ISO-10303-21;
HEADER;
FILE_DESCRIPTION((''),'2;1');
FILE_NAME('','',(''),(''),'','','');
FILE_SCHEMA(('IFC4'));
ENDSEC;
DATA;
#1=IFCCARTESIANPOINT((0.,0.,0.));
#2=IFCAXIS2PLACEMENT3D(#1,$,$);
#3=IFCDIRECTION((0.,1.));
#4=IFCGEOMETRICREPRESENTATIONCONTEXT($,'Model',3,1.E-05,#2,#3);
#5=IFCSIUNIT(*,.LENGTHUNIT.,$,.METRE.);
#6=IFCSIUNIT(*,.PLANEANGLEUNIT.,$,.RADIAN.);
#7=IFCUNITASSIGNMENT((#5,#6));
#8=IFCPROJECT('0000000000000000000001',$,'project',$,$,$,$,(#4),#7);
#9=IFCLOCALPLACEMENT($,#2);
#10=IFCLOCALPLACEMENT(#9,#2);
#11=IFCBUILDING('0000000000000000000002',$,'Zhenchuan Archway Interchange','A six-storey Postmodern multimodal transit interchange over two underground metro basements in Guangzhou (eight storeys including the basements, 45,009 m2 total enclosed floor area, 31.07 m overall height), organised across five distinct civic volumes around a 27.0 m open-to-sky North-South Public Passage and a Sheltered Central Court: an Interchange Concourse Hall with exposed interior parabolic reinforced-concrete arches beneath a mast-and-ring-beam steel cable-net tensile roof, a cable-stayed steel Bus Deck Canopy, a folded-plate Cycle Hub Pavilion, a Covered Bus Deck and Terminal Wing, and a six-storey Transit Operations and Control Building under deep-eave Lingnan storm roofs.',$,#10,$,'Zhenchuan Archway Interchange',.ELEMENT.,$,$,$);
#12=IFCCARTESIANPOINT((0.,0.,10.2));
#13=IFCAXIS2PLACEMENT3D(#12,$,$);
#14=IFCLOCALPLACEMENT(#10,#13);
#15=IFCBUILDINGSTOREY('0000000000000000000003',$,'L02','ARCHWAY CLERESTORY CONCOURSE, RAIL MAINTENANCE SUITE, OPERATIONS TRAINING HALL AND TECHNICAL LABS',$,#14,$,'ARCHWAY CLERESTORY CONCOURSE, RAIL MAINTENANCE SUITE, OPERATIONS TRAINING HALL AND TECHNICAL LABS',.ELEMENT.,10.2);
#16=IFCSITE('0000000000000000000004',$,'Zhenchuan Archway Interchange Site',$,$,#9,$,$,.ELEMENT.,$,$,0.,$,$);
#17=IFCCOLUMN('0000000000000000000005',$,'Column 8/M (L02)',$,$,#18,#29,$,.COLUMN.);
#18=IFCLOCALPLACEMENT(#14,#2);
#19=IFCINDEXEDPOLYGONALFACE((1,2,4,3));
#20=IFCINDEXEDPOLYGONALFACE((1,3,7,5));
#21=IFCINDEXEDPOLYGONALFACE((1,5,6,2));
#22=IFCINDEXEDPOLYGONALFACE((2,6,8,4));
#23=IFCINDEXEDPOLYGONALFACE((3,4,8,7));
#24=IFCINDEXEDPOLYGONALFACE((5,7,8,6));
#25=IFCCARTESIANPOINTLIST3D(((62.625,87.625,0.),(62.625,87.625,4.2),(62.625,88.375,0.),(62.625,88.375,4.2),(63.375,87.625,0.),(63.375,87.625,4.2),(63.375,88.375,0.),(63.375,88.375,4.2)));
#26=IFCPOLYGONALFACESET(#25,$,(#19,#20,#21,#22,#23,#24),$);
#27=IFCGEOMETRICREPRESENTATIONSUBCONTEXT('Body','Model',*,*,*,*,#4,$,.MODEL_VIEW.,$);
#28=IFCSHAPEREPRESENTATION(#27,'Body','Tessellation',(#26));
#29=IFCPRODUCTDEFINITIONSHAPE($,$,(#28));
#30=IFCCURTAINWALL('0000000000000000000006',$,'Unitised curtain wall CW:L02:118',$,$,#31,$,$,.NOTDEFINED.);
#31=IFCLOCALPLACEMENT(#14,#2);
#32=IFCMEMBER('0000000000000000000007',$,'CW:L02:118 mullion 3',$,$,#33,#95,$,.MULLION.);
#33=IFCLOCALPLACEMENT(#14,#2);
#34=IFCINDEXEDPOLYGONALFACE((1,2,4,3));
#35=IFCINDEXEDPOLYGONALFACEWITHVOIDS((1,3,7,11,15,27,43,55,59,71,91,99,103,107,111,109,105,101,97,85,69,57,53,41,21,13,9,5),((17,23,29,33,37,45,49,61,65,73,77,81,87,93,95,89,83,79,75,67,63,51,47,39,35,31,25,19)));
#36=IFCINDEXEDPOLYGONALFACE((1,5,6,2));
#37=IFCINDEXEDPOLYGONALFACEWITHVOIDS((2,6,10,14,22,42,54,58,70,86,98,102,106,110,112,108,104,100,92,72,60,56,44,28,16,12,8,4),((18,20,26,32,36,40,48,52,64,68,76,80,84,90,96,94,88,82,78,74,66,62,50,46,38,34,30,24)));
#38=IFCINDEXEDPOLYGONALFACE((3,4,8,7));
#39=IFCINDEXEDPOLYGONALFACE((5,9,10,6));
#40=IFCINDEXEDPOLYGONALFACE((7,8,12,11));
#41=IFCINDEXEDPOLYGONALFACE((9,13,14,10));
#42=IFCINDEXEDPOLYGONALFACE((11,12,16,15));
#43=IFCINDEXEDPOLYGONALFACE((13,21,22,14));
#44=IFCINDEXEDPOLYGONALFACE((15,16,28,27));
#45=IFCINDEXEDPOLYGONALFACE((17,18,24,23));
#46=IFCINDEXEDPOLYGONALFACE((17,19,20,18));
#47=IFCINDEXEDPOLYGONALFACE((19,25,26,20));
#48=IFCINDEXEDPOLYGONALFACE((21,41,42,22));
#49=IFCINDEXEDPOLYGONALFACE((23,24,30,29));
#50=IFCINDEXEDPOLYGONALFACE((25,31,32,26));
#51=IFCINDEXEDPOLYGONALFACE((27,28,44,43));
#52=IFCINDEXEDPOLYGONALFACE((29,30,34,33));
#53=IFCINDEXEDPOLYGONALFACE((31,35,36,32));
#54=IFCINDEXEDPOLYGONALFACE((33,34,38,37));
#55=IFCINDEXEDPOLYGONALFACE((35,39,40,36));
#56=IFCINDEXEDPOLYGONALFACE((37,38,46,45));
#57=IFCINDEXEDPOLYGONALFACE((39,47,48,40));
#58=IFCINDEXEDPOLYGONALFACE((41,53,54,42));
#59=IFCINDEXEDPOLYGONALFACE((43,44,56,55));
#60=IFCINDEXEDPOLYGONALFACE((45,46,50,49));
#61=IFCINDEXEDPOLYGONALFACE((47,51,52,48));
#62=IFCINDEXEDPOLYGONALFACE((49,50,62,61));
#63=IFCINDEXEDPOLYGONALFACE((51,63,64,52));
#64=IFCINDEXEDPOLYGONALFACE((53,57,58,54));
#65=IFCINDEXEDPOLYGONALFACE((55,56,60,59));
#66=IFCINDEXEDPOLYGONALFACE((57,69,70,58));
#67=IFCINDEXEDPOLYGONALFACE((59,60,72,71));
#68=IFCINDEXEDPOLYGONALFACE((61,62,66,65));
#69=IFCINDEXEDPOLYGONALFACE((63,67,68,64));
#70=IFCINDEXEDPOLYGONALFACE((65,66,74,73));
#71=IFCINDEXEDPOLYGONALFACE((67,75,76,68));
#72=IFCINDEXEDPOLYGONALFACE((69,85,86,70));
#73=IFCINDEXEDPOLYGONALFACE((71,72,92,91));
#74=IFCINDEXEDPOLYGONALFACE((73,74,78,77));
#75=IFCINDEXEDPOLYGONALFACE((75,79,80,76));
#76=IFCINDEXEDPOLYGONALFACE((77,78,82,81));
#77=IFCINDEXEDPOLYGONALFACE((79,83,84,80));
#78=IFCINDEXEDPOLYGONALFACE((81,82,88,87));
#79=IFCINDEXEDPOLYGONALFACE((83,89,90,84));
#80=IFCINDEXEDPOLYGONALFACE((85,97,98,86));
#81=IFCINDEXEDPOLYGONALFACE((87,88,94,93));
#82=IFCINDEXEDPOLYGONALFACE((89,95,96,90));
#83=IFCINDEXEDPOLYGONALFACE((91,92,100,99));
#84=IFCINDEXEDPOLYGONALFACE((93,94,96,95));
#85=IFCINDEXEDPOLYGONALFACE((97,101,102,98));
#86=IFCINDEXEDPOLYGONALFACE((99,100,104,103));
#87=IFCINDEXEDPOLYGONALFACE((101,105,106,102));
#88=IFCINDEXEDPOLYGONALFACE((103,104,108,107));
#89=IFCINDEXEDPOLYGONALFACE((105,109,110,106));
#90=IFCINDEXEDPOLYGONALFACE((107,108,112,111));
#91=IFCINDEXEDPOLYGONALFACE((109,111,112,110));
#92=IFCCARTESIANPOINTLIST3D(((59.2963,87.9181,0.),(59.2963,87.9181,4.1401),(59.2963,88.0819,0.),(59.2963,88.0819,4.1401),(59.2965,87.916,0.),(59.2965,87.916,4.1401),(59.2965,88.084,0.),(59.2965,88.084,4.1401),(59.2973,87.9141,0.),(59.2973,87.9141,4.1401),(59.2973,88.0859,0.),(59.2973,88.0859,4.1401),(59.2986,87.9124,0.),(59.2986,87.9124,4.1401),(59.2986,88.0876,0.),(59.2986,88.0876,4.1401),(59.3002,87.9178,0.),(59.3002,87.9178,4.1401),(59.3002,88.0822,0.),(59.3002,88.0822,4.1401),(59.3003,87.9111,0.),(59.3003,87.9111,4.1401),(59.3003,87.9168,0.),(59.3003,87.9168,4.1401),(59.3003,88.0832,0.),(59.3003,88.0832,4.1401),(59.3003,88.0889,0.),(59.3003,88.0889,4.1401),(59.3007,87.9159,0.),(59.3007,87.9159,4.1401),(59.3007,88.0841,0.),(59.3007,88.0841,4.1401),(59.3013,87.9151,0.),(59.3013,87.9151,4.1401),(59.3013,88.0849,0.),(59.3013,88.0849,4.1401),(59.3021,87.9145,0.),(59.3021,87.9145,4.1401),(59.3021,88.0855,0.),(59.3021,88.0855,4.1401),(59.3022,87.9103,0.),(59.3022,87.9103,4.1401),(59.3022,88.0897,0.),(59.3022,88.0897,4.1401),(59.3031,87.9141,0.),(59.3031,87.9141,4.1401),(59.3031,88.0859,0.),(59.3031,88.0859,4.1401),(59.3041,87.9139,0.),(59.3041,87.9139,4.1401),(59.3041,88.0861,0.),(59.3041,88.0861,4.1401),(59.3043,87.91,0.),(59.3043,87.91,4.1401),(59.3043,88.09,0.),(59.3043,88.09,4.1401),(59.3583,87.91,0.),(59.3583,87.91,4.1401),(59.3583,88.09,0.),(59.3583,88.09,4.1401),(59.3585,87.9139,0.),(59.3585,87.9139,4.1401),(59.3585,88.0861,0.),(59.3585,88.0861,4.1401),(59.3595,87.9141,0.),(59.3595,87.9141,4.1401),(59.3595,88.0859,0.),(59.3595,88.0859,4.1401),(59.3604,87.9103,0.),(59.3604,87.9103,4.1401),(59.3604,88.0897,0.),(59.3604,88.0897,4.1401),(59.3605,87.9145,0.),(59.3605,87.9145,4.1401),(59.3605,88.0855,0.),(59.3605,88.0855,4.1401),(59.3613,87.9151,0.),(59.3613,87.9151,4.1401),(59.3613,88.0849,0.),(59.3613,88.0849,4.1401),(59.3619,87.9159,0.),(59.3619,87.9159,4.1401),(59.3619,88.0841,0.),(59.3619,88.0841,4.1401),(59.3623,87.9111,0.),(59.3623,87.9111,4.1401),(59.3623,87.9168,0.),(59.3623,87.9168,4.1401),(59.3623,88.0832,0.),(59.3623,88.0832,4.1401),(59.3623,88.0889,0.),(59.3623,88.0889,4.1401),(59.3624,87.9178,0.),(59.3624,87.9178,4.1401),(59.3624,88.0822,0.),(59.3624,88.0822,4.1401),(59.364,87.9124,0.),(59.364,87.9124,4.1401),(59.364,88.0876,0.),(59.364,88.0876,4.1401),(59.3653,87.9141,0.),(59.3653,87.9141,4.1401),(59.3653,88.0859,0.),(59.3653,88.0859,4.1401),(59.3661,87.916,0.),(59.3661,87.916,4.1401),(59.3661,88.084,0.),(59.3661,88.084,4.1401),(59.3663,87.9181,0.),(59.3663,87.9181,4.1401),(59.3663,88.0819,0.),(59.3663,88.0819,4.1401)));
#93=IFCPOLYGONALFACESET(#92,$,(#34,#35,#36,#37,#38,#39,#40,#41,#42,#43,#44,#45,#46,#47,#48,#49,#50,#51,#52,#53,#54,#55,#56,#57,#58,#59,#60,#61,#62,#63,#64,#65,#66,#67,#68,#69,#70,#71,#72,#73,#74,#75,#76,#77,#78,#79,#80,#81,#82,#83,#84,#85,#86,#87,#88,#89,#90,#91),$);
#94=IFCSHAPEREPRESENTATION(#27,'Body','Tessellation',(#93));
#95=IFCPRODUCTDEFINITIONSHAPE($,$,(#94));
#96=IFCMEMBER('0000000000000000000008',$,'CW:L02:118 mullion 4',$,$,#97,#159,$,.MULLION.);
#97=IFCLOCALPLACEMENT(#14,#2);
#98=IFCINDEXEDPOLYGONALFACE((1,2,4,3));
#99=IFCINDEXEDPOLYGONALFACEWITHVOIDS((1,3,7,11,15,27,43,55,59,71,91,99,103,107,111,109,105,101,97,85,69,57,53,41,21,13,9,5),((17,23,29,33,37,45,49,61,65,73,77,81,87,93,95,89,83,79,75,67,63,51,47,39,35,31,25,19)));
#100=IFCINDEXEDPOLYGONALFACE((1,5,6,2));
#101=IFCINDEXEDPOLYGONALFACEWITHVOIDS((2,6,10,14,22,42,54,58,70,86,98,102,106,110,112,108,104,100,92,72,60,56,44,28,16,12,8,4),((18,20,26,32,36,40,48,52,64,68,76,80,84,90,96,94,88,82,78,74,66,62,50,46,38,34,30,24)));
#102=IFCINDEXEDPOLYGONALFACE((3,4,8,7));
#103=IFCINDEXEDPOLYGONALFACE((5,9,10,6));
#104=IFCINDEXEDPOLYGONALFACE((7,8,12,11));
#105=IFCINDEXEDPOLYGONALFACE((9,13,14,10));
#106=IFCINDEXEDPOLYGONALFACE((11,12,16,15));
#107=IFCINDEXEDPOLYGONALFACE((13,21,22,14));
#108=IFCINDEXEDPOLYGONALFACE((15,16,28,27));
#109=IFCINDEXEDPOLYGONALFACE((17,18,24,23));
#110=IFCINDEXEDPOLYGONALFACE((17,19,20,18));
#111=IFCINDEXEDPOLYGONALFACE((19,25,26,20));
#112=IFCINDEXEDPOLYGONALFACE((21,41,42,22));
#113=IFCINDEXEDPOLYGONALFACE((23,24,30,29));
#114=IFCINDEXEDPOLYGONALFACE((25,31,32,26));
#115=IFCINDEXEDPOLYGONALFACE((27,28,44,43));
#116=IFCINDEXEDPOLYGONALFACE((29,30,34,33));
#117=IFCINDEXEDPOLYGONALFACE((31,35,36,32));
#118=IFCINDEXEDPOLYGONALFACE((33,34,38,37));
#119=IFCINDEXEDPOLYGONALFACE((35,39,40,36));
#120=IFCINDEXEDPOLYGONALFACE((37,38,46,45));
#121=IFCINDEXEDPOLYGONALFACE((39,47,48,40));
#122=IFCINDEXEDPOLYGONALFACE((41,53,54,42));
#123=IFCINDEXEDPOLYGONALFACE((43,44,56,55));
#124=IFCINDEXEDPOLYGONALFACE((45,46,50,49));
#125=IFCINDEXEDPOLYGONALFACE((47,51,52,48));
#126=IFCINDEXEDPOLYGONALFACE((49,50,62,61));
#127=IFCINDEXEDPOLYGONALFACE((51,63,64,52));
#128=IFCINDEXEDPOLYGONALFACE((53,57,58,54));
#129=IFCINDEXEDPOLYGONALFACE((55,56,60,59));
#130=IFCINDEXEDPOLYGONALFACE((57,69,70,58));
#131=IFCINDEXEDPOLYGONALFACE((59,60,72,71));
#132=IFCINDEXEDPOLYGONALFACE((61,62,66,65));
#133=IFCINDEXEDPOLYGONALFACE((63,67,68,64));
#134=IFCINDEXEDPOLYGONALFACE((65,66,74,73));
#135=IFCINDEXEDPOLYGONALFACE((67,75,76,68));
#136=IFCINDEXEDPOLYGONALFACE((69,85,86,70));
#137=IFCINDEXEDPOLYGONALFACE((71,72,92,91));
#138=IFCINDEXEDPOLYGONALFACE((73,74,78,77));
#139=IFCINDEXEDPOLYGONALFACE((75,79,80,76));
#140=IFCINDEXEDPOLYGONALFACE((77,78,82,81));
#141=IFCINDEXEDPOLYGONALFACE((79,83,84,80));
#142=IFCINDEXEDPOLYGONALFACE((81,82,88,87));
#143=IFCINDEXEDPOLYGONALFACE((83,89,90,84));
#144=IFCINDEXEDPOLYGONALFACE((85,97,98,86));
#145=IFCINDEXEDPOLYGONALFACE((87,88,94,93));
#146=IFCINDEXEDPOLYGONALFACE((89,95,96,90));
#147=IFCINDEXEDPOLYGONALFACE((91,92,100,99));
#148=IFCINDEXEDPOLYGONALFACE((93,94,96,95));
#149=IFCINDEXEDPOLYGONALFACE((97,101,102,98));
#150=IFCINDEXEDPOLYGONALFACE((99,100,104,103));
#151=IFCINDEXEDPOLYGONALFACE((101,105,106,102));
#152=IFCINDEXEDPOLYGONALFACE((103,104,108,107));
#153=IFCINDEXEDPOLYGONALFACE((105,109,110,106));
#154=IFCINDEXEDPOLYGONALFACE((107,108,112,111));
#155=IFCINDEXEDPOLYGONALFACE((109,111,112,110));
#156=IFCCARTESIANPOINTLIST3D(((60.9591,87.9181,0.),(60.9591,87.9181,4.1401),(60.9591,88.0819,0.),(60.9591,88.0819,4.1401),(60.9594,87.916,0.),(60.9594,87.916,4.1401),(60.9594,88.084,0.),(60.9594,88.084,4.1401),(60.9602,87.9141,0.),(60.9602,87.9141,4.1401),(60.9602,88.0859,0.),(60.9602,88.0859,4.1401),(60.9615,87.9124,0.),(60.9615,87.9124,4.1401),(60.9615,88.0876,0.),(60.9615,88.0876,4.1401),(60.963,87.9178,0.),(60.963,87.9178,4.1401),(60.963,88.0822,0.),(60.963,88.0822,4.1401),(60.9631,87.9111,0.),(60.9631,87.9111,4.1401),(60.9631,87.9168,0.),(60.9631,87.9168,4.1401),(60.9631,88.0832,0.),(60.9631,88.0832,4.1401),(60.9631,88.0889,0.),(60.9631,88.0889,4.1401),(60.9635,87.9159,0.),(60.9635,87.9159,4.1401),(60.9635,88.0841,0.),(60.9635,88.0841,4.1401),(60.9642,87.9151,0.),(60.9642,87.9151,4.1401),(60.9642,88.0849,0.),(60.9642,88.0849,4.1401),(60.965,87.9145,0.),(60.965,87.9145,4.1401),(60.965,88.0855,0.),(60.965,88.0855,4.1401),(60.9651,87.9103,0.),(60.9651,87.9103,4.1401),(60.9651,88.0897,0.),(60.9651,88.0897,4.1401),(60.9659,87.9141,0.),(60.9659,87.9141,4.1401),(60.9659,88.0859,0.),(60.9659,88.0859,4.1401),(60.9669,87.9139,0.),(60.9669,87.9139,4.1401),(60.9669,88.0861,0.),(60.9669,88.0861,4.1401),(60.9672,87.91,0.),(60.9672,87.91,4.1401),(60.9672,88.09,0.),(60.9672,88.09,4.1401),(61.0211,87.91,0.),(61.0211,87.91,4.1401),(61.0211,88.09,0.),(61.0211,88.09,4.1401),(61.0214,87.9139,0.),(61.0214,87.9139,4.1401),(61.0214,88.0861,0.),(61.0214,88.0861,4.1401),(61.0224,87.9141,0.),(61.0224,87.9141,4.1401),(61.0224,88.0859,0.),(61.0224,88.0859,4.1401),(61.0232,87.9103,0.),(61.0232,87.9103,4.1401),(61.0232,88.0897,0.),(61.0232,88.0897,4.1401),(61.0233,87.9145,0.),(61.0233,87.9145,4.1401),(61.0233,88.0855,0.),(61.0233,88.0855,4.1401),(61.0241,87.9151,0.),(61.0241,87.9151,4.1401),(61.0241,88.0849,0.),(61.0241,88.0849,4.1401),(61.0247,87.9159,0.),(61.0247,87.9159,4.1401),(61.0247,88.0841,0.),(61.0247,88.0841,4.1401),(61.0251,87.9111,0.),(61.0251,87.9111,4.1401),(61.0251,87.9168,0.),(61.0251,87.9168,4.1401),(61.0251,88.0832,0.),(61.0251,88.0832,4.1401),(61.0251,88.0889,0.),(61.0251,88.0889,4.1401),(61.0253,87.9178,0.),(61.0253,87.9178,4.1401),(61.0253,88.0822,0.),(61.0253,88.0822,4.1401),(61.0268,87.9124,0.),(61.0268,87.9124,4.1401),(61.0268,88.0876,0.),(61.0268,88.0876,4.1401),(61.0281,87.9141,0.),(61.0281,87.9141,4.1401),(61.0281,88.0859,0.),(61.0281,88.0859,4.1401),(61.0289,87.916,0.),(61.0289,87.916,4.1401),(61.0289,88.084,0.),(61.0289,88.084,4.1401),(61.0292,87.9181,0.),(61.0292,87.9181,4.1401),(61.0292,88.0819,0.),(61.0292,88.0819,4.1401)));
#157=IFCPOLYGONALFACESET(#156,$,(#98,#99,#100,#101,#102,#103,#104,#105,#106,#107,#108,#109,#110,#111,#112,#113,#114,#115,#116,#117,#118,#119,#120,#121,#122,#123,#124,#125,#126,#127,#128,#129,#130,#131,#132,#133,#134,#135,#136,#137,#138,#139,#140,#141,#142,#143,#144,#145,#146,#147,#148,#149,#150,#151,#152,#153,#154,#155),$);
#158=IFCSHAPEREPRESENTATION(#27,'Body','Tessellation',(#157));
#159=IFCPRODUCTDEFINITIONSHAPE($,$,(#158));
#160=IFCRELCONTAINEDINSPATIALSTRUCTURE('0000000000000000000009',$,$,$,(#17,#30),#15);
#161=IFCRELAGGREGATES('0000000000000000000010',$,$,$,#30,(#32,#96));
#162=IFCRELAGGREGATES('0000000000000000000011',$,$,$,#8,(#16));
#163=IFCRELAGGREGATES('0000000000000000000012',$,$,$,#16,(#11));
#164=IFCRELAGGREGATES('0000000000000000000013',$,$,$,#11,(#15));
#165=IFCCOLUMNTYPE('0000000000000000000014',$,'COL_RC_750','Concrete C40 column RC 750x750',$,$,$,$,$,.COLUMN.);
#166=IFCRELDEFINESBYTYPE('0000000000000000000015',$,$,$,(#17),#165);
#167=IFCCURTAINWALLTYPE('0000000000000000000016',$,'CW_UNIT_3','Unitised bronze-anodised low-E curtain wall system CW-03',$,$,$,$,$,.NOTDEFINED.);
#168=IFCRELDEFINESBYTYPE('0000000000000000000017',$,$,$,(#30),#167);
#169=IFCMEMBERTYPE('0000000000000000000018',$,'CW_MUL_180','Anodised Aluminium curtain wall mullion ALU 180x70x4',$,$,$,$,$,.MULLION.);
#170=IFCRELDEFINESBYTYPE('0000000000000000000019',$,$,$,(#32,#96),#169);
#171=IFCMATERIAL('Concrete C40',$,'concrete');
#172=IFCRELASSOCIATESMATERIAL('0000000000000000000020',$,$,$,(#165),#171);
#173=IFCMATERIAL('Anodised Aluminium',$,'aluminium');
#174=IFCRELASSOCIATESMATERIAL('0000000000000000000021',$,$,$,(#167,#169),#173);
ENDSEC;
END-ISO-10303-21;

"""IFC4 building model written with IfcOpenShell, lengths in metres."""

from ifc_helpers import new_model, si_unit, direction, frame, origin, origin_2d, place, context, subcontext, project, spatial, rectangle, hollow_rectangle, extrude, material, material_profile, profile_set, type_object, element, aggregate, save


model = new_model("IFC4")

# Units and contexts
model_context = context("Model", 3, precision=1e-05, world=origin(), true_north=direction((0.0, 1.0)))
body_context = subcontext(model_context, "Body", "Model", "MODEL_VIEW")
ifc_project = project(units=[si_unit("LENGTHUNIT", "METRE"), si_unit("PLANEANGLEUNIT", "RADIAN")], contexts=[model_context])

# Site, building, storey
site_placement = place(None, origin())
site = spatial("IfcSite", under=ifc_project, at=site_placement, Name="Zhenchuan Archway Interchange Site", CompositionType="ELEMENT", RefElevation=0.0)
building_placement = place(site_placement, origin())
building = spatial("IfcBuilding", under=site, at=building_placement, Name="Zhenchuan Archway Interchange", Description="A six-storey Postmodern multimodal transit interchange over two underground metro basements in Guangzhou (eight storeys including the basements, 45,009 m2 total enclosed floor area, 31.07 m overall height), organised across five distinct civic volumes around a 27.0 m open-to-sky North-South Public Passage and a Sheltered Central Court: an Interchange Concourse Hall with exposed interior parabolic reinforced-concrete arches beneath a mast-and-ring-beam steel cable-net tensile roof, a cable-stayed steel Bus Deck Canopy, a folded-plate Cycle Hub Pavilion, a Covered Bus Deck and Terminal Wing, and a six-storey Transit Operations and Control Building under deep-eave Lingnan storm roofs.", LongName="Zhenchuan Archway Interchange", CompositionType="ELEMENT")
storey_placement = place(building_placement, frame((0.0, 0.0, 10.2)))
storey = spatial("IfcBuildingStorey", under=building, at=storey_placement, Name="L02", Description="ARCHWAY CLERESTORY CONCOURSE, RAIL MAINTENANCE SUITE, OPERATIONS TRAINING HALL AND TECHNICAL LABS", LongName="ARCHWAY CLERESTORY CONCOURSE, RAIL MAINTENANCE SUITE, OPERATIONS TRAINING HALL AND TECHNICAL LABS", CompositionType="ELEMENT", Elevation=10.2)

# Column
ifc_material_1 = material(Name="Concrete C40", Category="concrete")
ifc_material_profile_1 = material_profile(ifc_material_1, rectangle(XDim=0.75, YDim=0.75, at=origin_2d()), Name="RC 750x750")
ifc_profile_set_1 = profile_set([ifc_material_profile_1], Name="Concrete C40")
column_type = type_object("IfcColumnType", Name="COL_RC_750", Description="Concrete C40 column RC 750x750", PredefinedType="COLUMN", material=ifc_profile_set_1)
column_placement = place(storey_placement, frame((63.0, 88.0, 0.0), z_axis=(0.0, 0.0, 1.0), x_axis=(1.0, 0.0, 0.0)))
element("IfcColumn", 1, at=column_placement, inside=storey, type_object=column_type, Name="Column 8/M (L02)", PredefinedType="COLUMN", context=body_context, shape_type="SweptSolid", body=[
    extrude(rectangle(XDim=0.75, YDim=0.75, at=origin_2d()), origin(), (0.0, 0.0, 1.0), 4.2),
])

# Curtain wall, members
ifc_material_2 = material(Name="Anodised Aluminium", Category="aluminium")
curtain_wall_type = type_object("IfcCurtainWallType", Name="CW_UNIT_3", Description="Unitised bronze-anodised low-E curtain wall system CW-03", PredefinedType="NOTDEFINED", material=ifc_material_2)
curtain_wall_placement = place(storey_placement, origin())
curtain_wall = element("IfcCurtainWall", 2, at=curtain_wall_placement, inside=storey, type_object=curtain_wall_type, Name="Unitised curtain wall CW:L02:118", PredefinedType="NOTDEFINED")
ifc_material_profile_2 = material_profile(ifc_material_2, hollow_rectangle(XDim=0.0701, YDim=0.1799, WallThickness=0.0039, InnerFilletRadius=0.0039, OuterFilletRadius=0.0081, at=origin_2d()), Name="ALU 180x70x4")
ifc_profile_set_2 = profile_set([ifc_material_profile_2], Name="Anodised Aluminium")
member_type_1 = type_object("IfcMemberType", Name="CW_MUL_180", Description="Anodised Aluminium curtain wall mullion ALU 180x70x4", PredefinedType="MULLION", material=ifc_profile_set_2)
member_1_placement = place(storey_placement, frame((59.3313, 88.0, 0.0), z_axis=(0.0, 0.0, 1.0), x_axis=(1.0, 0.0, 0.0)))
member_1 = element("IfcMember", 3, at=member_1_placement, type_object=member_type_1, Name="CW:L02:118 mullion 3", PredefinedType="MULLION", context=body_context, shape_type="SweptSolid", body=[
    extrude(hollow_rectangle(XDim=0.0701, YDim=0.1799, WallThickness=0.0039, InnerFilletRadius=0.0039, OuterFilletRadius=0.0081, at=origin_2d()), origin(), (0.0, 0.0, 1.0), 4.1401),
])
member_2_placement = place(storey_placement, frame((60.9941, 88.0, 0.0), z_axis=(0.0, 0.0, 1.0), x_axis=(1.0, 0.0, 0.0)))
member_2 = element("IfcMember", 4, at=member_2_placement, type_object=member_type_1, Name="CW:L02:118 mullion 4", PredefinedType="MULLION", context=body_context, shape_type="SweptSolid", body=[
    extrude(hollow_rectangle(XDim=0.0701, YDim=0.1799, WallThickness=0.0039, InnerFilletRadius=0.0039, OuterFilletRadius=0.0081, at=origin_2d()), origin(), (0.0, 0.0, 1.0), 4.1401),
])

aggregate(curtain_wall, [member_1, member_2])

save(model, "model.ifc")
